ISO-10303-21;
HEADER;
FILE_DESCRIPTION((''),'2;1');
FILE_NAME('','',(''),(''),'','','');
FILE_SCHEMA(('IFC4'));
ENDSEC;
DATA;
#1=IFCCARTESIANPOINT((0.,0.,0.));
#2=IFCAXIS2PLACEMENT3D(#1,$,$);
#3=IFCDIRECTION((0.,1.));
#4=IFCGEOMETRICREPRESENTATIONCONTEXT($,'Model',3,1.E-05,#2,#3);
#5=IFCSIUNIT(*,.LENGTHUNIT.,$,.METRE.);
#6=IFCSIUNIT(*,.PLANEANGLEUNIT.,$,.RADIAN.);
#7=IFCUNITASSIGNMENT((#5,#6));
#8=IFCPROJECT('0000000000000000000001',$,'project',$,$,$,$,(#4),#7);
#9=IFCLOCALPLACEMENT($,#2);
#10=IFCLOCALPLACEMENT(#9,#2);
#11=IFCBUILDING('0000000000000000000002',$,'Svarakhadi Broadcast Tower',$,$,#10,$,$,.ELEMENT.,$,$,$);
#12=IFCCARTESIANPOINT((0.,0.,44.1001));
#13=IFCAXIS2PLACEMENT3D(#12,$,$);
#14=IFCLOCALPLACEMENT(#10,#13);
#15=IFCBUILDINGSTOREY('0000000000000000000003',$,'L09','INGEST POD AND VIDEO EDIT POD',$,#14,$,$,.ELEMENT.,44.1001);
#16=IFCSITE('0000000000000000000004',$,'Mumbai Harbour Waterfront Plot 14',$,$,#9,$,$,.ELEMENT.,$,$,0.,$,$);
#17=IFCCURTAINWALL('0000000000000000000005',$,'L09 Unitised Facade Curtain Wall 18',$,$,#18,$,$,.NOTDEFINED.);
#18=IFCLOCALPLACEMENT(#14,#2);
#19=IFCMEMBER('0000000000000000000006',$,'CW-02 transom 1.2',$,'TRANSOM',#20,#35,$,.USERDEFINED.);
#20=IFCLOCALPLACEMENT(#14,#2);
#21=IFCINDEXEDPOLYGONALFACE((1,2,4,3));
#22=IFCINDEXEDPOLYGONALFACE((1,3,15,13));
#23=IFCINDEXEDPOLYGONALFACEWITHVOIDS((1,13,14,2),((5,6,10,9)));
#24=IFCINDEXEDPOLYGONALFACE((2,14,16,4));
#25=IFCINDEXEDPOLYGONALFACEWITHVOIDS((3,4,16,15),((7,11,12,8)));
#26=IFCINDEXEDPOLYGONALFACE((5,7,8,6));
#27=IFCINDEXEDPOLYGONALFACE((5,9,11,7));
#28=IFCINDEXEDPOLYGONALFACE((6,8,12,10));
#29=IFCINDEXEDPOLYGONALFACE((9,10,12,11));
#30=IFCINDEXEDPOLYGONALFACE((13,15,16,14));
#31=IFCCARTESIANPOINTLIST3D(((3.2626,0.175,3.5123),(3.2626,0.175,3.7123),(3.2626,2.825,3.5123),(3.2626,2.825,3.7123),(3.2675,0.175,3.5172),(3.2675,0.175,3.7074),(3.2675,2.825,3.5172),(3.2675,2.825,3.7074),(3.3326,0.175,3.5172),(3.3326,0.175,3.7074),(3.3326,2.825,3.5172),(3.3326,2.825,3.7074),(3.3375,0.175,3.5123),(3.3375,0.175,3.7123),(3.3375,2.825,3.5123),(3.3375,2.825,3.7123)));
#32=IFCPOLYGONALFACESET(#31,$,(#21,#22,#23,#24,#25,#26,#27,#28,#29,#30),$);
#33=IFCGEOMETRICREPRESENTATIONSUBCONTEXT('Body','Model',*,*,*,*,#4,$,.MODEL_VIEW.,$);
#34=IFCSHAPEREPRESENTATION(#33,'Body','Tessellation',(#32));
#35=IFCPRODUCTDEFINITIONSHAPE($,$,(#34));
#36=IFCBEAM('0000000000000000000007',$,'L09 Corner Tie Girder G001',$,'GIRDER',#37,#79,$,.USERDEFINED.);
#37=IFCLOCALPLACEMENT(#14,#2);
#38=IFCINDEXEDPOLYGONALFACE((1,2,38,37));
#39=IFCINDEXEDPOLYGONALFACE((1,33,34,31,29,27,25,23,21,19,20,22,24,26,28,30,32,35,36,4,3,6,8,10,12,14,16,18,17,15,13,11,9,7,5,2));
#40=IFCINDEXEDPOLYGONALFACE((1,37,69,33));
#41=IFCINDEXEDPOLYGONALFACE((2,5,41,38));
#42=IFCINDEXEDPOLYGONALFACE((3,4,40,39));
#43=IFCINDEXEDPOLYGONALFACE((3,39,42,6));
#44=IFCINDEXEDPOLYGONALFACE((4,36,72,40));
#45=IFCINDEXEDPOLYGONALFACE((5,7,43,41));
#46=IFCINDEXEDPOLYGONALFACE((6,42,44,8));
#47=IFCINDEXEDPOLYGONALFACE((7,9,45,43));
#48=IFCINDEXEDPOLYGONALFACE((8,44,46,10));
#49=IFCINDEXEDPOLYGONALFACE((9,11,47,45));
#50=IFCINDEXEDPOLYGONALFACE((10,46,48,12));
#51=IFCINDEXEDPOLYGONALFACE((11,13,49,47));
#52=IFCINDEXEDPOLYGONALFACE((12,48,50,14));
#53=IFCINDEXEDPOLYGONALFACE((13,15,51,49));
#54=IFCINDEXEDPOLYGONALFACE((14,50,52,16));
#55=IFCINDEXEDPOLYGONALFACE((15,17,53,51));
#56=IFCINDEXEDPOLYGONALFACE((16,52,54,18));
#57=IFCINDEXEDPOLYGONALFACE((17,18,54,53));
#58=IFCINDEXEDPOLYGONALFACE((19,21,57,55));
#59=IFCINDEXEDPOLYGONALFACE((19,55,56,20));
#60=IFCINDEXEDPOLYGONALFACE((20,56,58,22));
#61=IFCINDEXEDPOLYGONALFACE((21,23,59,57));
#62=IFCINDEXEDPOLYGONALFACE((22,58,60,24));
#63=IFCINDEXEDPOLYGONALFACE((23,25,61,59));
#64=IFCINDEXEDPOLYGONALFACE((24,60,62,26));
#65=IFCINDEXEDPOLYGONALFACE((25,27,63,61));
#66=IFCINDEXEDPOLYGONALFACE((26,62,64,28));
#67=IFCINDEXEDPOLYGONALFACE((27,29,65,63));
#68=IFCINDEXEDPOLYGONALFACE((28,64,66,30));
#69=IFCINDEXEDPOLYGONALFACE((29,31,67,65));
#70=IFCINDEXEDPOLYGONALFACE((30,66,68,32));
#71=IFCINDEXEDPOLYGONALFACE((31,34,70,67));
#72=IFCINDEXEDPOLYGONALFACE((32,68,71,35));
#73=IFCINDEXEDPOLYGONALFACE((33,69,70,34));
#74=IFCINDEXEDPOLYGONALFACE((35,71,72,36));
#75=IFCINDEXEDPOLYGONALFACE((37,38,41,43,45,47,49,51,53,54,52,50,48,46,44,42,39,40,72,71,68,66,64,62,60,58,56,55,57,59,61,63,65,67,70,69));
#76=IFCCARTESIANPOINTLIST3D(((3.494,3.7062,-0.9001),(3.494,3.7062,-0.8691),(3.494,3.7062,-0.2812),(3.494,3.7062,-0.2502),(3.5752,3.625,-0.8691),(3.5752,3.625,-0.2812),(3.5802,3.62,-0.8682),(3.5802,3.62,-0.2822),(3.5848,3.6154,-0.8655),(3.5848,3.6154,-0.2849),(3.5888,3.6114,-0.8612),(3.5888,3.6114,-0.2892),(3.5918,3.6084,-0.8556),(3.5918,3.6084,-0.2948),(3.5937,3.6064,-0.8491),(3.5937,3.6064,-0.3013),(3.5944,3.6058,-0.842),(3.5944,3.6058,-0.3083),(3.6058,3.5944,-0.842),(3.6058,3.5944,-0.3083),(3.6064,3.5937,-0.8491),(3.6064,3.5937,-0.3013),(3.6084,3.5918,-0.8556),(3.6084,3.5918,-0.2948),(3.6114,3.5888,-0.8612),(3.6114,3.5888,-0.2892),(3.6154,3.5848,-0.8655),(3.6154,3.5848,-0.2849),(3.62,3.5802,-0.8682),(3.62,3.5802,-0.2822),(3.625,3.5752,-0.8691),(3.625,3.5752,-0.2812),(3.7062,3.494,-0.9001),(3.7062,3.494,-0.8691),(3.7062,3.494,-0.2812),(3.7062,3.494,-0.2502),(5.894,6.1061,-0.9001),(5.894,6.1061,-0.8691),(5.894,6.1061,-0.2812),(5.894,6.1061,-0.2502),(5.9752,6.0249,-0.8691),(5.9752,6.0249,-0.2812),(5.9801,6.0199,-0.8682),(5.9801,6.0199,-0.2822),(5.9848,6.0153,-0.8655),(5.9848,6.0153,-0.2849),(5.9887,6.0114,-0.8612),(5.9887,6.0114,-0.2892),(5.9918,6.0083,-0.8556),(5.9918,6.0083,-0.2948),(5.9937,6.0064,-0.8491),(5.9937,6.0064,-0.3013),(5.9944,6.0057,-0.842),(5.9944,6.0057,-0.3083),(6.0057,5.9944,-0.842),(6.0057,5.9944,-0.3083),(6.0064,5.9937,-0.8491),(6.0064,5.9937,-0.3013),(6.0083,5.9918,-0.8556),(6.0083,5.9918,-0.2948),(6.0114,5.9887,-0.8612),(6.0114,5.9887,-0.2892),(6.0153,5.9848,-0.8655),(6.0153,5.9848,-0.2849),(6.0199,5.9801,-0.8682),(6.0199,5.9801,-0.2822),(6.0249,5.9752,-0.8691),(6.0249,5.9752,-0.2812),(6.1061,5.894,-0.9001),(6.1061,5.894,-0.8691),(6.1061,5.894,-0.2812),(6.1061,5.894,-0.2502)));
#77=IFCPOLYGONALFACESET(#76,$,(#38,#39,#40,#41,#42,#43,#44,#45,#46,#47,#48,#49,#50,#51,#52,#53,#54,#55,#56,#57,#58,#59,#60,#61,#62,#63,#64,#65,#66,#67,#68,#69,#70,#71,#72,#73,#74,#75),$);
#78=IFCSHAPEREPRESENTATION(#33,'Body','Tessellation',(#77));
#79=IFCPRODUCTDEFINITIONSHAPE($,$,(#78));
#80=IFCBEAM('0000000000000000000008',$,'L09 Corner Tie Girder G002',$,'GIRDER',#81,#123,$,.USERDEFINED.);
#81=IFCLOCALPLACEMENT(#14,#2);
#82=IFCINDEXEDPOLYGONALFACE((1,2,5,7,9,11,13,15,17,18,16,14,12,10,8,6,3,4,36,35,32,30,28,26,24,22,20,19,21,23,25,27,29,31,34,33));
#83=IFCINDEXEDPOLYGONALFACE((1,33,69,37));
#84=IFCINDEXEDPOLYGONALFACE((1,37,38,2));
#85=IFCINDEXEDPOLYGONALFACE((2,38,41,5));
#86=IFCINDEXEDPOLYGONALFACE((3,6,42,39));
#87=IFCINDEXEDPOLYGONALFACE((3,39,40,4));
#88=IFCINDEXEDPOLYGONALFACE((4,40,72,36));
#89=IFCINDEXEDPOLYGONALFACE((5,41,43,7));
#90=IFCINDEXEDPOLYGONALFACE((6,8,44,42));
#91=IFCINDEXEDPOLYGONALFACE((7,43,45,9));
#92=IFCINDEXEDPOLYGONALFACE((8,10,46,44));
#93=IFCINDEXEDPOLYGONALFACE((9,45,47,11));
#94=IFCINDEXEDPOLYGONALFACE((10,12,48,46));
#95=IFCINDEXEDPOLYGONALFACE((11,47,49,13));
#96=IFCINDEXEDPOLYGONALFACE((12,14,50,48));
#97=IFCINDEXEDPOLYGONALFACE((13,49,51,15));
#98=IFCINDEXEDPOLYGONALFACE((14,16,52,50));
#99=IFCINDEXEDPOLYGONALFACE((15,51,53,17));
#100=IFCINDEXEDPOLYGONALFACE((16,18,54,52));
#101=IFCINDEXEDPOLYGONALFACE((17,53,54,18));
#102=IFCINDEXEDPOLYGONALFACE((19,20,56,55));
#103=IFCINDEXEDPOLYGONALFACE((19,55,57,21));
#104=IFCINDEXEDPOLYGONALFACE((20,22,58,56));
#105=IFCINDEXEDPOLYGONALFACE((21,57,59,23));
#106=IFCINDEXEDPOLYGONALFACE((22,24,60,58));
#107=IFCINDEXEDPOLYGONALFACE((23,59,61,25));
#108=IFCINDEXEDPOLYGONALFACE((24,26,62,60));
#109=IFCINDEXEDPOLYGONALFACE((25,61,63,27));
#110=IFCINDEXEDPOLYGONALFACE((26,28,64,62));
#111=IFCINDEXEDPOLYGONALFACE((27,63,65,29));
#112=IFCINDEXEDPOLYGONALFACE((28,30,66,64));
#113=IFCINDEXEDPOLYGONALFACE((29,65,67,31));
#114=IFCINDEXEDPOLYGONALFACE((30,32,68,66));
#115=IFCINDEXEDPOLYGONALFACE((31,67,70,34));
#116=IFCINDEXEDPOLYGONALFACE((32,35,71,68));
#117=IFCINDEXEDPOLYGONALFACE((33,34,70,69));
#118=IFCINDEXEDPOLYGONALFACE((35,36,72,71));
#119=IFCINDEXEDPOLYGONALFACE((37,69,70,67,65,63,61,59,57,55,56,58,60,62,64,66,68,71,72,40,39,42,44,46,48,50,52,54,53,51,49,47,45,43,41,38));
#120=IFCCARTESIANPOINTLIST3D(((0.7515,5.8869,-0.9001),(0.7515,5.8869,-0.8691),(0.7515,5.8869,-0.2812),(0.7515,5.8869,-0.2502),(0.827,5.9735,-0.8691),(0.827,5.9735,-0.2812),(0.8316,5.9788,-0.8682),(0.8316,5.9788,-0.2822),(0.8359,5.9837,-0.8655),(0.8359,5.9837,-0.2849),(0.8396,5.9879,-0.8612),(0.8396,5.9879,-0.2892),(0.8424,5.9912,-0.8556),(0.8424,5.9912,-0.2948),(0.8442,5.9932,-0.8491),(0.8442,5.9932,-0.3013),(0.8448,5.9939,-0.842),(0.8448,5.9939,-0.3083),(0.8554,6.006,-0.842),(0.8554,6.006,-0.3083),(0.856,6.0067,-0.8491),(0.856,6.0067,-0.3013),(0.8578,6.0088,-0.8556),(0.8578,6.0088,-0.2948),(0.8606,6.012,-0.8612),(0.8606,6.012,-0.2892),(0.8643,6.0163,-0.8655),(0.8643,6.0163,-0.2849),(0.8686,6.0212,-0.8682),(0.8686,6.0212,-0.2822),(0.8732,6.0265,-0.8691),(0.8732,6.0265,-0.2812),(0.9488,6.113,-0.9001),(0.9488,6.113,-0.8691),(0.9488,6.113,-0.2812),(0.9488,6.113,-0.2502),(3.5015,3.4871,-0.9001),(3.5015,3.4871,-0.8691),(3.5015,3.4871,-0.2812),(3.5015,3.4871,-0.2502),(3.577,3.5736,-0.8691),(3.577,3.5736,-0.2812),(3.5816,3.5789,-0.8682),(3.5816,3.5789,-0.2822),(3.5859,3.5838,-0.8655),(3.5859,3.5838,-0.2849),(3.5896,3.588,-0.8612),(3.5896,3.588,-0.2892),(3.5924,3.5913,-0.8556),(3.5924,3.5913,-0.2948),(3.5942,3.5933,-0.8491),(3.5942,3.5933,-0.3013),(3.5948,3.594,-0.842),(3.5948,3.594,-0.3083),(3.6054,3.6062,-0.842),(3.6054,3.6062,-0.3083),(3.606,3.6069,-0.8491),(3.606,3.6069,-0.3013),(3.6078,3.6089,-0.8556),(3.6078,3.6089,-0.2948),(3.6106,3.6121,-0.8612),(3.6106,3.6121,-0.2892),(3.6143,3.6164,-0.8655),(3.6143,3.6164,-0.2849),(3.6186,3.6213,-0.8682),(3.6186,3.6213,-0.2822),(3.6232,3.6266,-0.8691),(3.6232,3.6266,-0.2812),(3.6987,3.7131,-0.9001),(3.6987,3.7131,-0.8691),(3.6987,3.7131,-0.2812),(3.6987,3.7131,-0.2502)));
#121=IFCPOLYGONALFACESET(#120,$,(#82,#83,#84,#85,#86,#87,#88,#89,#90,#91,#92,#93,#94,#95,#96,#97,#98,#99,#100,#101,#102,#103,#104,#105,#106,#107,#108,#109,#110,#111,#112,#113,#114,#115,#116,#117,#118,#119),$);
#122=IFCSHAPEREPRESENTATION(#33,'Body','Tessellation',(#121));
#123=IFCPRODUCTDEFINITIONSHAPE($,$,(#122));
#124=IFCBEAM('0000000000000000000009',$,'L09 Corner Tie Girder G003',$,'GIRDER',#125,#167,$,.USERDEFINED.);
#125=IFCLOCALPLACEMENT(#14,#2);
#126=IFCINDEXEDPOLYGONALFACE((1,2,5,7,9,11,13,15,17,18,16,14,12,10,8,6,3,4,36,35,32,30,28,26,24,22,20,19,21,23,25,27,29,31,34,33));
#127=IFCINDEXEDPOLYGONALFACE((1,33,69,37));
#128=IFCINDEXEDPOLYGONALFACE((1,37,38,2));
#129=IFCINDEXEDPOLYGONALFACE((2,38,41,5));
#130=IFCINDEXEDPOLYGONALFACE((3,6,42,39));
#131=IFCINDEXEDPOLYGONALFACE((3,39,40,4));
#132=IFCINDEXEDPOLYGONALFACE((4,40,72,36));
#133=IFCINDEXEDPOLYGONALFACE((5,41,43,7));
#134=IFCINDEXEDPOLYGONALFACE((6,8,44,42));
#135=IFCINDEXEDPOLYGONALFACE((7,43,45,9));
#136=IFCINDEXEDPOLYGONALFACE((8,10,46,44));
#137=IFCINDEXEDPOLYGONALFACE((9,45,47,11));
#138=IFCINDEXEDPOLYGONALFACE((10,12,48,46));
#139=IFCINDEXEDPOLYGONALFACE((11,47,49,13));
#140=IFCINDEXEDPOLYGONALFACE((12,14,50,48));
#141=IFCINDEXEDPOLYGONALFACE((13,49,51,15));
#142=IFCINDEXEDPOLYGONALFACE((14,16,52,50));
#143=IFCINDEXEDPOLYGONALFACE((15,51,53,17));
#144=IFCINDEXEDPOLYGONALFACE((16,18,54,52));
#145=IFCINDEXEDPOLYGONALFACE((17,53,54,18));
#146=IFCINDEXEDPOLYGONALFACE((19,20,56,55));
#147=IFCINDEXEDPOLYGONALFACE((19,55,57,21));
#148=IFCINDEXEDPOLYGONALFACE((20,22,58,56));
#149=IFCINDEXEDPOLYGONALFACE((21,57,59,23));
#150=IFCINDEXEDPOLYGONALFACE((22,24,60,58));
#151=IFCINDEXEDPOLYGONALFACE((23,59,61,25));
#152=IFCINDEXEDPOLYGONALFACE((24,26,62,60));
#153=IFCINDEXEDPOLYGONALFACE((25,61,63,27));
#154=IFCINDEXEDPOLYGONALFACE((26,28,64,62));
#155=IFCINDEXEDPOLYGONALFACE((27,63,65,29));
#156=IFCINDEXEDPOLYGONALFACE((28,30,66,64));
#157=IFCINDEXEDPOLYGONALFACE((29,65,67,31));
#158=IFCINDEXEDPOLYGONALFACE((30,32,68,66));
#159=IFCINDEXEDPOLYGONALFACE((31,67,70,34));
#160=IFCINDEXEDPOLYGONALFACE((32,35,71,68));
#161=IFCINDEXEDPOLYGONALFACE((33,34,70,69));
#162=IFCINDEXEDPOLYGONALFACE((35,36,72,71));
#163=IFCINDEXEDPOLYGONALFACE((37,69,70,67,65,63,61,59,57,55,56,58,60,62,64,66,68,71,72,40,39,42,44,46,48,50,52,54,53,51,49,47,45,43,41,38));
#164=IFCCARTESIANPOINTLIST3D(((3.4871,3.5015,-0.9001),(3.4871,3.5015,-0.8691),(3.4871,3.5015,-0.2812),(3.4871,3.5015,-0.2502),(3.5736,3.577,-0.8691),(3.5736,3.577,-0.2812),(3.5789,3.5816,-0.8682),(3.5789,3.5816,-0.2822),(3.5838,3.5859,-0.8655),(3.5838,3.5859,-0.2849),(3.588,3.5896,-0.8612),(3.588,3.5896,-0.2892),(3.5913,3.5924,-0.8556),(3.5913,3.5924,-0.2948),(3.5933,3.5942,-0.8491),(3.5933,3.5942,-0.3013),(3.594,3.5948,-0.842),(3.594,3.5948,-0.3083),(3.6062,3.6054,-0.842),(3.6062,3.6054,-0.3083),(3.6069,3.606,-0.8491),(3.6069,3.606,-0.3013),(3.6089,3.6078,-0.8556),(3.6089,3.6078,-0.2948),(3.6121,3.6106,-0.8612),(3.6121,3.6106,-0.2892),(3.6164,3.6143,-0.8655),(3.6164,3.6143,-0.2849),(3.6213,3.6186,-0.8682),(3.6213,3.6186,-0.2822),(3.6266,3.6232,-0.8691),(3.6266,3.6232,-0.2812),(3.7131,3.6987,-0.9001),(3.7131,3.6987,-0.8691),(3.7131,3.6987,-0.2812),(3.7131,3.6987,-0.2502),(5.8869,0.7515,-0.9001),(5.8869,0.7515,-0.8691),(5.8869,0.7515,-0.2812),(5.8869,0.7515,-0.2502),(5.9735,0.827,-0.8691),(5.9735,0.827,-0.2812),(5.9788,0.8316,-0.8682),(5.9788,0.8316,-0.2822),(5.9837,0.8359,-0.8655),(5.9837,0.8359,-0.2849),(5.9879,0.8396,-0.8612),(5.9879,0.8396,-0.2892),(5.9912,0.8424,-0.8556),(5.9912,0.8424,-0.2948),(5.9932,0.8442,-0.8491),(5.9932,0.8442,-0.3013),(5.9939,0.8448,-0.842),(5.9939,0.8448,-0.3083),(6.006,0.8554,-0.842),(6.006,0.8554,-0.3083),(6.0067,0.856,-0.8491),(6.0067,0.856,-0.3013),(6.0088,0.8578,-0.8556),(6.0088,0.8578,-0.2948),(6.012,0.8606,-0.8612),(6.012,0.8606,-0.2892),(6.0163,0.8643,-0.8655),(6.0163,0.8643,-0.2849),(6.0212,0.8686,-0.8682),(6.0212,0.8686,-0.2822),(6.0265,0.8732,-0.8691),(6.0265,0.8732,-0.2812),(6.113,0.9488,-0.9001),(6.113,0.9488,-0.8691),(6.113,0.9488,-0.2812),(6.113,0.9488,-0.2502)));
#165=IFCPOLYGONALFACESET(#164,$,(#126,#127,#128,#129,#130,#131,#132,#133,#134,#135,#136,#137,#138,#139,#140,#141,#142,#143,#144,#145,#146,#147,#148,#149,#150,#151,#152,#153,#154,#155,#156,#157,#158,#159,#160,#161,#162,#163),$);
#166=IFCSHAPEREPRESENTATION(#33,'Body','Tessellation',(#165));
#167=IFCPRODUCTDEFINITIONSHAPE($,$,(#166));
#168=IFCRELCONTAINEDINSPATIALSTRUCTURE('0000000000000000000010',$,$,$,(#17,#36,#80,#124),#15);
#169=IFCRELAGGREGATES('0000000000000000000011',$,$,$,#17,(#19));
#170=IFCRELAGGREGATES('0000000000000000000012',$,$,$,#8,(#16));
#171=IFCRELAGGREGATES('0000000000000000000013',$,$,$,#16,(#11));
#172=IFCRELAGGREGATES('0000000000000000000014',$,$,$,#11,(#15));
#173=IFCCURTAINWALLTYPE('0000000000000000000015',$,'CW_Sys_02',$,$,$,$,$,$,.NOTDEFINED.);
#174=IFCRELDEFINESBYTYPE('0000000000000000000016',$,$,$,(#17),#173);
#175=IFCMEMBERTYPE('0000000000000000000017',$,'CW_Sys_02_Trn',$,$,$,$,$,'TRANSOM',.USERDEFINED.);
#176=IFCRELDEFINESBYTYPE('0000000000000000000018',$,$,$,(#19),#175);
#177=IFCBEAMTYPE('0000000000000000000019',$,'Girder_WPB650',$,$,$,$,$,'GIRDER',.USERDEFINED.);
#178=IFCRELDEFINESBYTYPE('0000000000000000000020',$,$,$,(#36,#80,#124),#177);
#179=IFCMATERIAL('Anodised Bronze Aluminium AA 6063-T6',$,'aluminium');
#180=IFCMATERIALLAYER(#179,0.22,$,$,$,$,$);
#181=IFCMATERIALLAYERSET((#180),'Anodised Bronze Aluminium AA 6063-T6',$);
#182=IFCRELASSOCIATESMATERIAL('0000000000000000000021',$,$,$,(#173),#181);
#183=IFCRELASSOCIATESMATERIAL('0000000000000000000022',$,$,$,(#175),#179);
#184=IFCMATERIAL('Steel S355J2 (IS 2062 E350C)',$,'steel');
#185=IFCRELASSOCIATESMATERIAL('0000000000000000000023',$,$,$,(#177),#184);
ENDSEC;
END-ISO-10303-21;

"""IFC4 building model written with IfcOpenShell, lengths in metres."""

from ifc_helpers import new_model, si_unit, direction, frame, origin, origin_2d, place, context, subcontext, project, spatial, hollow_rectangle, i_section, extrude, material, layer, layer_set, material_profile, profile_set, type_object, element, aggregate, save


model = new_model("IFC4")

# Units and contexts
model_context = context("Model", 3, precision=1e-05, world=origin(), true_north=direction((0.0, 1.0)))
body_context = subcontext(model_context, "Body", "Model", "MODEL_VIEW")
ifc_project = project(units=[si_unit("LENGTHUNIT", "METRE"), si_unit("PLANEANGLEUNIT", "RADIAN")], contexts=[model_context])

# Site, building, storey
site_placement = place(None, origin())
site = spatial("IfcSite", under=ifc_project, at=site_placement, Name="Mumbai Harbour Waterfront Plot 14", CompositionType="ELEMENT", RefElevation=0.0)
building_placement = place(site_placement, origin())
building = spatial("IfcBuilding", under=site, at=building_placement, Name="Svarakhadi Broadcast Tower", CompositionType="ELEMENT")
storey_placement = place(building_placement, frame((0.0, 0.0, 44.1001)))
storey = spatial("IfcBuildingStorey", under=building, at=storey_placement, Name="L09", Description="INGEST POD AND VIDEO EDIT POD", CompositionType="ELEMENT", Elevation=44.1001)

# Shared definitions
ifc_material_1 = material(Name="Anodised Bronze Aluminium AA 6063-T6", Category="aluminium")
ifc_layer_1 = layer(ifc_material_1, 0.22)
ifc_layer_set_1 = layer_set([ifc_layer_1], Name="Anodised Bronze Aluminium AA 6063-T6")
curtain_wall_type = type_object("IfcCurtainWallType", Name="CW_Sys_02", PredefinedType="NOTDEFINED", material=ifc_layer_set_1)

# Curtain wall
curtain_wall_1_placement = place(storey_placement, origin())
curtain_wall_1 = element("IfcCurtainWall", 1, at=curtain_wall_1_placement, inside=storey, type_object=curtain_wall_type, Name="L09 Unitised Facade Curtain Wall 18", PredefinedType="NOTDEFINED")

# Member
ifc_material_profile_1 = material_profile(ifc_material_1, hollow_rectangle(XDim=0.075, YDim=0.2, WallThickness=0.0049, at=origin_2d()), Name="ALU TRANSOM 200x75x5")
ifc_profile_set_1 = profile_set([ifc_material_profile_1], Name="Anodised Bronze Aluminium AA 6063-T6")
member_type_1 = type_object("IfcMemberType", Name="CW_Sys_02_Trn", ElementType="TRANSOM", PredefinedType="USERDEFINED", material=ifc_profile_set_1)
member_1_placement = place(storey_placement, frame((3.3, 0.175, 3.6123), z_axis=(0.0, 1.0, 0.0), x_axis=(-1.0, 0.0, 0.0)))
member_1 = element("IfcMember", 2, at=member_1_placement, type_object=member_type_1, Name="CW-02 transom 1.2", ObjectType="TRANSOM", PredefinedType="USERDEFINED", context=body_context, shape_type="SweptSolid", body=[
    extrude(hollow_rectangle(XDim=0.075, YDim=0.2, WallThickness=0.0049, at=origin_2d()), origin(), (0.0, 0.0, 1.0), 2.6499),
])

# Beams
ifc_material_2 = material(Name="Steel S355J2 (IS 2062 E350C)", Category="steel")
ifc_material_profile_2 = material_profile(ifc_material_2, i_section(OverallWidth=0.3, OverallDepth=0.6499, WebThickness=0.0161, FlangeThickness=0.031, FilletRadius=0.0271, at=origin_2d()), Name="WPB 650x300x225")
ifc_profile_set_2 = profile_set([ifc_material_profile_2], Name="Steel S355J2 (IS 2062 E350C)")
beam_type = type_object("IfcBeamType", Name="Girder_WPB650", ElementType="GIRDER", PredefinedType="USERDEFINED", material=ifc_profile_set_2)
beam_1_placement = place(storey_placement, frame((3.6001, 3.6001, -0.5752), z_axis=(0.707107, 0.707107, 0.0), x_axis=(-0.707107, 0.707107, 0.0)))
element("IfcBeam", 3, at=beam_1_placement, inside=storey, type_object=beam_type, Name="L09 Corner Tie Girder G001", ObjectType="GIRDER", PredefinedType="USERDEFINED", context=body_context, shape_type="SweptSolid", body=[
    extrude(i_section(OverallWidth=0.3, OverallDepth=0.6499, WebThickness=0.0161, FlangeThickness=0.031, FilletRadius=0.0271, at=origin_2d()), origin(), (0.0, 0.0, 1.0), 3.394),
])
for number, where, z_axis, x_axis, name in (
    (4, (3.6001, 3.6001, -0.5752), (-0.753438, 0.657519, 0.0), (-0.657519, -0.753438, 0.0), "L09 Corner Tie Girder G002"),
    (5, (3.6001, 3.6001, -0.5752), (0.657519, -0.753438, 0.0), (0.753438, 0.657519, 0.0), "L09 Corner Tie Girder G003"),
):
    element("IfcBeam", number, at=place(storey_placement, frame(where, z_axis=z_axis, x_axis=x_axis)), inside=storey, type_object=beam_type, Name=name, ObjectType="GIRDER", PredefinedType="USERDEFINED", context=body_context, shape_type="SweptSolid", body=[
        extrude(i_section(OverallWidth=0.3, OverallDepth=0.6499, WebThickness=0.0161, FlangeThickness=0.031, FilletRadius=0.0271, at=origin_2d()), origin(), (0.0, 0.0, 1.0), 3.6499),
    ])

aggregate(curtain_wall_1, [member_1])

save(model, "model.ifc")
